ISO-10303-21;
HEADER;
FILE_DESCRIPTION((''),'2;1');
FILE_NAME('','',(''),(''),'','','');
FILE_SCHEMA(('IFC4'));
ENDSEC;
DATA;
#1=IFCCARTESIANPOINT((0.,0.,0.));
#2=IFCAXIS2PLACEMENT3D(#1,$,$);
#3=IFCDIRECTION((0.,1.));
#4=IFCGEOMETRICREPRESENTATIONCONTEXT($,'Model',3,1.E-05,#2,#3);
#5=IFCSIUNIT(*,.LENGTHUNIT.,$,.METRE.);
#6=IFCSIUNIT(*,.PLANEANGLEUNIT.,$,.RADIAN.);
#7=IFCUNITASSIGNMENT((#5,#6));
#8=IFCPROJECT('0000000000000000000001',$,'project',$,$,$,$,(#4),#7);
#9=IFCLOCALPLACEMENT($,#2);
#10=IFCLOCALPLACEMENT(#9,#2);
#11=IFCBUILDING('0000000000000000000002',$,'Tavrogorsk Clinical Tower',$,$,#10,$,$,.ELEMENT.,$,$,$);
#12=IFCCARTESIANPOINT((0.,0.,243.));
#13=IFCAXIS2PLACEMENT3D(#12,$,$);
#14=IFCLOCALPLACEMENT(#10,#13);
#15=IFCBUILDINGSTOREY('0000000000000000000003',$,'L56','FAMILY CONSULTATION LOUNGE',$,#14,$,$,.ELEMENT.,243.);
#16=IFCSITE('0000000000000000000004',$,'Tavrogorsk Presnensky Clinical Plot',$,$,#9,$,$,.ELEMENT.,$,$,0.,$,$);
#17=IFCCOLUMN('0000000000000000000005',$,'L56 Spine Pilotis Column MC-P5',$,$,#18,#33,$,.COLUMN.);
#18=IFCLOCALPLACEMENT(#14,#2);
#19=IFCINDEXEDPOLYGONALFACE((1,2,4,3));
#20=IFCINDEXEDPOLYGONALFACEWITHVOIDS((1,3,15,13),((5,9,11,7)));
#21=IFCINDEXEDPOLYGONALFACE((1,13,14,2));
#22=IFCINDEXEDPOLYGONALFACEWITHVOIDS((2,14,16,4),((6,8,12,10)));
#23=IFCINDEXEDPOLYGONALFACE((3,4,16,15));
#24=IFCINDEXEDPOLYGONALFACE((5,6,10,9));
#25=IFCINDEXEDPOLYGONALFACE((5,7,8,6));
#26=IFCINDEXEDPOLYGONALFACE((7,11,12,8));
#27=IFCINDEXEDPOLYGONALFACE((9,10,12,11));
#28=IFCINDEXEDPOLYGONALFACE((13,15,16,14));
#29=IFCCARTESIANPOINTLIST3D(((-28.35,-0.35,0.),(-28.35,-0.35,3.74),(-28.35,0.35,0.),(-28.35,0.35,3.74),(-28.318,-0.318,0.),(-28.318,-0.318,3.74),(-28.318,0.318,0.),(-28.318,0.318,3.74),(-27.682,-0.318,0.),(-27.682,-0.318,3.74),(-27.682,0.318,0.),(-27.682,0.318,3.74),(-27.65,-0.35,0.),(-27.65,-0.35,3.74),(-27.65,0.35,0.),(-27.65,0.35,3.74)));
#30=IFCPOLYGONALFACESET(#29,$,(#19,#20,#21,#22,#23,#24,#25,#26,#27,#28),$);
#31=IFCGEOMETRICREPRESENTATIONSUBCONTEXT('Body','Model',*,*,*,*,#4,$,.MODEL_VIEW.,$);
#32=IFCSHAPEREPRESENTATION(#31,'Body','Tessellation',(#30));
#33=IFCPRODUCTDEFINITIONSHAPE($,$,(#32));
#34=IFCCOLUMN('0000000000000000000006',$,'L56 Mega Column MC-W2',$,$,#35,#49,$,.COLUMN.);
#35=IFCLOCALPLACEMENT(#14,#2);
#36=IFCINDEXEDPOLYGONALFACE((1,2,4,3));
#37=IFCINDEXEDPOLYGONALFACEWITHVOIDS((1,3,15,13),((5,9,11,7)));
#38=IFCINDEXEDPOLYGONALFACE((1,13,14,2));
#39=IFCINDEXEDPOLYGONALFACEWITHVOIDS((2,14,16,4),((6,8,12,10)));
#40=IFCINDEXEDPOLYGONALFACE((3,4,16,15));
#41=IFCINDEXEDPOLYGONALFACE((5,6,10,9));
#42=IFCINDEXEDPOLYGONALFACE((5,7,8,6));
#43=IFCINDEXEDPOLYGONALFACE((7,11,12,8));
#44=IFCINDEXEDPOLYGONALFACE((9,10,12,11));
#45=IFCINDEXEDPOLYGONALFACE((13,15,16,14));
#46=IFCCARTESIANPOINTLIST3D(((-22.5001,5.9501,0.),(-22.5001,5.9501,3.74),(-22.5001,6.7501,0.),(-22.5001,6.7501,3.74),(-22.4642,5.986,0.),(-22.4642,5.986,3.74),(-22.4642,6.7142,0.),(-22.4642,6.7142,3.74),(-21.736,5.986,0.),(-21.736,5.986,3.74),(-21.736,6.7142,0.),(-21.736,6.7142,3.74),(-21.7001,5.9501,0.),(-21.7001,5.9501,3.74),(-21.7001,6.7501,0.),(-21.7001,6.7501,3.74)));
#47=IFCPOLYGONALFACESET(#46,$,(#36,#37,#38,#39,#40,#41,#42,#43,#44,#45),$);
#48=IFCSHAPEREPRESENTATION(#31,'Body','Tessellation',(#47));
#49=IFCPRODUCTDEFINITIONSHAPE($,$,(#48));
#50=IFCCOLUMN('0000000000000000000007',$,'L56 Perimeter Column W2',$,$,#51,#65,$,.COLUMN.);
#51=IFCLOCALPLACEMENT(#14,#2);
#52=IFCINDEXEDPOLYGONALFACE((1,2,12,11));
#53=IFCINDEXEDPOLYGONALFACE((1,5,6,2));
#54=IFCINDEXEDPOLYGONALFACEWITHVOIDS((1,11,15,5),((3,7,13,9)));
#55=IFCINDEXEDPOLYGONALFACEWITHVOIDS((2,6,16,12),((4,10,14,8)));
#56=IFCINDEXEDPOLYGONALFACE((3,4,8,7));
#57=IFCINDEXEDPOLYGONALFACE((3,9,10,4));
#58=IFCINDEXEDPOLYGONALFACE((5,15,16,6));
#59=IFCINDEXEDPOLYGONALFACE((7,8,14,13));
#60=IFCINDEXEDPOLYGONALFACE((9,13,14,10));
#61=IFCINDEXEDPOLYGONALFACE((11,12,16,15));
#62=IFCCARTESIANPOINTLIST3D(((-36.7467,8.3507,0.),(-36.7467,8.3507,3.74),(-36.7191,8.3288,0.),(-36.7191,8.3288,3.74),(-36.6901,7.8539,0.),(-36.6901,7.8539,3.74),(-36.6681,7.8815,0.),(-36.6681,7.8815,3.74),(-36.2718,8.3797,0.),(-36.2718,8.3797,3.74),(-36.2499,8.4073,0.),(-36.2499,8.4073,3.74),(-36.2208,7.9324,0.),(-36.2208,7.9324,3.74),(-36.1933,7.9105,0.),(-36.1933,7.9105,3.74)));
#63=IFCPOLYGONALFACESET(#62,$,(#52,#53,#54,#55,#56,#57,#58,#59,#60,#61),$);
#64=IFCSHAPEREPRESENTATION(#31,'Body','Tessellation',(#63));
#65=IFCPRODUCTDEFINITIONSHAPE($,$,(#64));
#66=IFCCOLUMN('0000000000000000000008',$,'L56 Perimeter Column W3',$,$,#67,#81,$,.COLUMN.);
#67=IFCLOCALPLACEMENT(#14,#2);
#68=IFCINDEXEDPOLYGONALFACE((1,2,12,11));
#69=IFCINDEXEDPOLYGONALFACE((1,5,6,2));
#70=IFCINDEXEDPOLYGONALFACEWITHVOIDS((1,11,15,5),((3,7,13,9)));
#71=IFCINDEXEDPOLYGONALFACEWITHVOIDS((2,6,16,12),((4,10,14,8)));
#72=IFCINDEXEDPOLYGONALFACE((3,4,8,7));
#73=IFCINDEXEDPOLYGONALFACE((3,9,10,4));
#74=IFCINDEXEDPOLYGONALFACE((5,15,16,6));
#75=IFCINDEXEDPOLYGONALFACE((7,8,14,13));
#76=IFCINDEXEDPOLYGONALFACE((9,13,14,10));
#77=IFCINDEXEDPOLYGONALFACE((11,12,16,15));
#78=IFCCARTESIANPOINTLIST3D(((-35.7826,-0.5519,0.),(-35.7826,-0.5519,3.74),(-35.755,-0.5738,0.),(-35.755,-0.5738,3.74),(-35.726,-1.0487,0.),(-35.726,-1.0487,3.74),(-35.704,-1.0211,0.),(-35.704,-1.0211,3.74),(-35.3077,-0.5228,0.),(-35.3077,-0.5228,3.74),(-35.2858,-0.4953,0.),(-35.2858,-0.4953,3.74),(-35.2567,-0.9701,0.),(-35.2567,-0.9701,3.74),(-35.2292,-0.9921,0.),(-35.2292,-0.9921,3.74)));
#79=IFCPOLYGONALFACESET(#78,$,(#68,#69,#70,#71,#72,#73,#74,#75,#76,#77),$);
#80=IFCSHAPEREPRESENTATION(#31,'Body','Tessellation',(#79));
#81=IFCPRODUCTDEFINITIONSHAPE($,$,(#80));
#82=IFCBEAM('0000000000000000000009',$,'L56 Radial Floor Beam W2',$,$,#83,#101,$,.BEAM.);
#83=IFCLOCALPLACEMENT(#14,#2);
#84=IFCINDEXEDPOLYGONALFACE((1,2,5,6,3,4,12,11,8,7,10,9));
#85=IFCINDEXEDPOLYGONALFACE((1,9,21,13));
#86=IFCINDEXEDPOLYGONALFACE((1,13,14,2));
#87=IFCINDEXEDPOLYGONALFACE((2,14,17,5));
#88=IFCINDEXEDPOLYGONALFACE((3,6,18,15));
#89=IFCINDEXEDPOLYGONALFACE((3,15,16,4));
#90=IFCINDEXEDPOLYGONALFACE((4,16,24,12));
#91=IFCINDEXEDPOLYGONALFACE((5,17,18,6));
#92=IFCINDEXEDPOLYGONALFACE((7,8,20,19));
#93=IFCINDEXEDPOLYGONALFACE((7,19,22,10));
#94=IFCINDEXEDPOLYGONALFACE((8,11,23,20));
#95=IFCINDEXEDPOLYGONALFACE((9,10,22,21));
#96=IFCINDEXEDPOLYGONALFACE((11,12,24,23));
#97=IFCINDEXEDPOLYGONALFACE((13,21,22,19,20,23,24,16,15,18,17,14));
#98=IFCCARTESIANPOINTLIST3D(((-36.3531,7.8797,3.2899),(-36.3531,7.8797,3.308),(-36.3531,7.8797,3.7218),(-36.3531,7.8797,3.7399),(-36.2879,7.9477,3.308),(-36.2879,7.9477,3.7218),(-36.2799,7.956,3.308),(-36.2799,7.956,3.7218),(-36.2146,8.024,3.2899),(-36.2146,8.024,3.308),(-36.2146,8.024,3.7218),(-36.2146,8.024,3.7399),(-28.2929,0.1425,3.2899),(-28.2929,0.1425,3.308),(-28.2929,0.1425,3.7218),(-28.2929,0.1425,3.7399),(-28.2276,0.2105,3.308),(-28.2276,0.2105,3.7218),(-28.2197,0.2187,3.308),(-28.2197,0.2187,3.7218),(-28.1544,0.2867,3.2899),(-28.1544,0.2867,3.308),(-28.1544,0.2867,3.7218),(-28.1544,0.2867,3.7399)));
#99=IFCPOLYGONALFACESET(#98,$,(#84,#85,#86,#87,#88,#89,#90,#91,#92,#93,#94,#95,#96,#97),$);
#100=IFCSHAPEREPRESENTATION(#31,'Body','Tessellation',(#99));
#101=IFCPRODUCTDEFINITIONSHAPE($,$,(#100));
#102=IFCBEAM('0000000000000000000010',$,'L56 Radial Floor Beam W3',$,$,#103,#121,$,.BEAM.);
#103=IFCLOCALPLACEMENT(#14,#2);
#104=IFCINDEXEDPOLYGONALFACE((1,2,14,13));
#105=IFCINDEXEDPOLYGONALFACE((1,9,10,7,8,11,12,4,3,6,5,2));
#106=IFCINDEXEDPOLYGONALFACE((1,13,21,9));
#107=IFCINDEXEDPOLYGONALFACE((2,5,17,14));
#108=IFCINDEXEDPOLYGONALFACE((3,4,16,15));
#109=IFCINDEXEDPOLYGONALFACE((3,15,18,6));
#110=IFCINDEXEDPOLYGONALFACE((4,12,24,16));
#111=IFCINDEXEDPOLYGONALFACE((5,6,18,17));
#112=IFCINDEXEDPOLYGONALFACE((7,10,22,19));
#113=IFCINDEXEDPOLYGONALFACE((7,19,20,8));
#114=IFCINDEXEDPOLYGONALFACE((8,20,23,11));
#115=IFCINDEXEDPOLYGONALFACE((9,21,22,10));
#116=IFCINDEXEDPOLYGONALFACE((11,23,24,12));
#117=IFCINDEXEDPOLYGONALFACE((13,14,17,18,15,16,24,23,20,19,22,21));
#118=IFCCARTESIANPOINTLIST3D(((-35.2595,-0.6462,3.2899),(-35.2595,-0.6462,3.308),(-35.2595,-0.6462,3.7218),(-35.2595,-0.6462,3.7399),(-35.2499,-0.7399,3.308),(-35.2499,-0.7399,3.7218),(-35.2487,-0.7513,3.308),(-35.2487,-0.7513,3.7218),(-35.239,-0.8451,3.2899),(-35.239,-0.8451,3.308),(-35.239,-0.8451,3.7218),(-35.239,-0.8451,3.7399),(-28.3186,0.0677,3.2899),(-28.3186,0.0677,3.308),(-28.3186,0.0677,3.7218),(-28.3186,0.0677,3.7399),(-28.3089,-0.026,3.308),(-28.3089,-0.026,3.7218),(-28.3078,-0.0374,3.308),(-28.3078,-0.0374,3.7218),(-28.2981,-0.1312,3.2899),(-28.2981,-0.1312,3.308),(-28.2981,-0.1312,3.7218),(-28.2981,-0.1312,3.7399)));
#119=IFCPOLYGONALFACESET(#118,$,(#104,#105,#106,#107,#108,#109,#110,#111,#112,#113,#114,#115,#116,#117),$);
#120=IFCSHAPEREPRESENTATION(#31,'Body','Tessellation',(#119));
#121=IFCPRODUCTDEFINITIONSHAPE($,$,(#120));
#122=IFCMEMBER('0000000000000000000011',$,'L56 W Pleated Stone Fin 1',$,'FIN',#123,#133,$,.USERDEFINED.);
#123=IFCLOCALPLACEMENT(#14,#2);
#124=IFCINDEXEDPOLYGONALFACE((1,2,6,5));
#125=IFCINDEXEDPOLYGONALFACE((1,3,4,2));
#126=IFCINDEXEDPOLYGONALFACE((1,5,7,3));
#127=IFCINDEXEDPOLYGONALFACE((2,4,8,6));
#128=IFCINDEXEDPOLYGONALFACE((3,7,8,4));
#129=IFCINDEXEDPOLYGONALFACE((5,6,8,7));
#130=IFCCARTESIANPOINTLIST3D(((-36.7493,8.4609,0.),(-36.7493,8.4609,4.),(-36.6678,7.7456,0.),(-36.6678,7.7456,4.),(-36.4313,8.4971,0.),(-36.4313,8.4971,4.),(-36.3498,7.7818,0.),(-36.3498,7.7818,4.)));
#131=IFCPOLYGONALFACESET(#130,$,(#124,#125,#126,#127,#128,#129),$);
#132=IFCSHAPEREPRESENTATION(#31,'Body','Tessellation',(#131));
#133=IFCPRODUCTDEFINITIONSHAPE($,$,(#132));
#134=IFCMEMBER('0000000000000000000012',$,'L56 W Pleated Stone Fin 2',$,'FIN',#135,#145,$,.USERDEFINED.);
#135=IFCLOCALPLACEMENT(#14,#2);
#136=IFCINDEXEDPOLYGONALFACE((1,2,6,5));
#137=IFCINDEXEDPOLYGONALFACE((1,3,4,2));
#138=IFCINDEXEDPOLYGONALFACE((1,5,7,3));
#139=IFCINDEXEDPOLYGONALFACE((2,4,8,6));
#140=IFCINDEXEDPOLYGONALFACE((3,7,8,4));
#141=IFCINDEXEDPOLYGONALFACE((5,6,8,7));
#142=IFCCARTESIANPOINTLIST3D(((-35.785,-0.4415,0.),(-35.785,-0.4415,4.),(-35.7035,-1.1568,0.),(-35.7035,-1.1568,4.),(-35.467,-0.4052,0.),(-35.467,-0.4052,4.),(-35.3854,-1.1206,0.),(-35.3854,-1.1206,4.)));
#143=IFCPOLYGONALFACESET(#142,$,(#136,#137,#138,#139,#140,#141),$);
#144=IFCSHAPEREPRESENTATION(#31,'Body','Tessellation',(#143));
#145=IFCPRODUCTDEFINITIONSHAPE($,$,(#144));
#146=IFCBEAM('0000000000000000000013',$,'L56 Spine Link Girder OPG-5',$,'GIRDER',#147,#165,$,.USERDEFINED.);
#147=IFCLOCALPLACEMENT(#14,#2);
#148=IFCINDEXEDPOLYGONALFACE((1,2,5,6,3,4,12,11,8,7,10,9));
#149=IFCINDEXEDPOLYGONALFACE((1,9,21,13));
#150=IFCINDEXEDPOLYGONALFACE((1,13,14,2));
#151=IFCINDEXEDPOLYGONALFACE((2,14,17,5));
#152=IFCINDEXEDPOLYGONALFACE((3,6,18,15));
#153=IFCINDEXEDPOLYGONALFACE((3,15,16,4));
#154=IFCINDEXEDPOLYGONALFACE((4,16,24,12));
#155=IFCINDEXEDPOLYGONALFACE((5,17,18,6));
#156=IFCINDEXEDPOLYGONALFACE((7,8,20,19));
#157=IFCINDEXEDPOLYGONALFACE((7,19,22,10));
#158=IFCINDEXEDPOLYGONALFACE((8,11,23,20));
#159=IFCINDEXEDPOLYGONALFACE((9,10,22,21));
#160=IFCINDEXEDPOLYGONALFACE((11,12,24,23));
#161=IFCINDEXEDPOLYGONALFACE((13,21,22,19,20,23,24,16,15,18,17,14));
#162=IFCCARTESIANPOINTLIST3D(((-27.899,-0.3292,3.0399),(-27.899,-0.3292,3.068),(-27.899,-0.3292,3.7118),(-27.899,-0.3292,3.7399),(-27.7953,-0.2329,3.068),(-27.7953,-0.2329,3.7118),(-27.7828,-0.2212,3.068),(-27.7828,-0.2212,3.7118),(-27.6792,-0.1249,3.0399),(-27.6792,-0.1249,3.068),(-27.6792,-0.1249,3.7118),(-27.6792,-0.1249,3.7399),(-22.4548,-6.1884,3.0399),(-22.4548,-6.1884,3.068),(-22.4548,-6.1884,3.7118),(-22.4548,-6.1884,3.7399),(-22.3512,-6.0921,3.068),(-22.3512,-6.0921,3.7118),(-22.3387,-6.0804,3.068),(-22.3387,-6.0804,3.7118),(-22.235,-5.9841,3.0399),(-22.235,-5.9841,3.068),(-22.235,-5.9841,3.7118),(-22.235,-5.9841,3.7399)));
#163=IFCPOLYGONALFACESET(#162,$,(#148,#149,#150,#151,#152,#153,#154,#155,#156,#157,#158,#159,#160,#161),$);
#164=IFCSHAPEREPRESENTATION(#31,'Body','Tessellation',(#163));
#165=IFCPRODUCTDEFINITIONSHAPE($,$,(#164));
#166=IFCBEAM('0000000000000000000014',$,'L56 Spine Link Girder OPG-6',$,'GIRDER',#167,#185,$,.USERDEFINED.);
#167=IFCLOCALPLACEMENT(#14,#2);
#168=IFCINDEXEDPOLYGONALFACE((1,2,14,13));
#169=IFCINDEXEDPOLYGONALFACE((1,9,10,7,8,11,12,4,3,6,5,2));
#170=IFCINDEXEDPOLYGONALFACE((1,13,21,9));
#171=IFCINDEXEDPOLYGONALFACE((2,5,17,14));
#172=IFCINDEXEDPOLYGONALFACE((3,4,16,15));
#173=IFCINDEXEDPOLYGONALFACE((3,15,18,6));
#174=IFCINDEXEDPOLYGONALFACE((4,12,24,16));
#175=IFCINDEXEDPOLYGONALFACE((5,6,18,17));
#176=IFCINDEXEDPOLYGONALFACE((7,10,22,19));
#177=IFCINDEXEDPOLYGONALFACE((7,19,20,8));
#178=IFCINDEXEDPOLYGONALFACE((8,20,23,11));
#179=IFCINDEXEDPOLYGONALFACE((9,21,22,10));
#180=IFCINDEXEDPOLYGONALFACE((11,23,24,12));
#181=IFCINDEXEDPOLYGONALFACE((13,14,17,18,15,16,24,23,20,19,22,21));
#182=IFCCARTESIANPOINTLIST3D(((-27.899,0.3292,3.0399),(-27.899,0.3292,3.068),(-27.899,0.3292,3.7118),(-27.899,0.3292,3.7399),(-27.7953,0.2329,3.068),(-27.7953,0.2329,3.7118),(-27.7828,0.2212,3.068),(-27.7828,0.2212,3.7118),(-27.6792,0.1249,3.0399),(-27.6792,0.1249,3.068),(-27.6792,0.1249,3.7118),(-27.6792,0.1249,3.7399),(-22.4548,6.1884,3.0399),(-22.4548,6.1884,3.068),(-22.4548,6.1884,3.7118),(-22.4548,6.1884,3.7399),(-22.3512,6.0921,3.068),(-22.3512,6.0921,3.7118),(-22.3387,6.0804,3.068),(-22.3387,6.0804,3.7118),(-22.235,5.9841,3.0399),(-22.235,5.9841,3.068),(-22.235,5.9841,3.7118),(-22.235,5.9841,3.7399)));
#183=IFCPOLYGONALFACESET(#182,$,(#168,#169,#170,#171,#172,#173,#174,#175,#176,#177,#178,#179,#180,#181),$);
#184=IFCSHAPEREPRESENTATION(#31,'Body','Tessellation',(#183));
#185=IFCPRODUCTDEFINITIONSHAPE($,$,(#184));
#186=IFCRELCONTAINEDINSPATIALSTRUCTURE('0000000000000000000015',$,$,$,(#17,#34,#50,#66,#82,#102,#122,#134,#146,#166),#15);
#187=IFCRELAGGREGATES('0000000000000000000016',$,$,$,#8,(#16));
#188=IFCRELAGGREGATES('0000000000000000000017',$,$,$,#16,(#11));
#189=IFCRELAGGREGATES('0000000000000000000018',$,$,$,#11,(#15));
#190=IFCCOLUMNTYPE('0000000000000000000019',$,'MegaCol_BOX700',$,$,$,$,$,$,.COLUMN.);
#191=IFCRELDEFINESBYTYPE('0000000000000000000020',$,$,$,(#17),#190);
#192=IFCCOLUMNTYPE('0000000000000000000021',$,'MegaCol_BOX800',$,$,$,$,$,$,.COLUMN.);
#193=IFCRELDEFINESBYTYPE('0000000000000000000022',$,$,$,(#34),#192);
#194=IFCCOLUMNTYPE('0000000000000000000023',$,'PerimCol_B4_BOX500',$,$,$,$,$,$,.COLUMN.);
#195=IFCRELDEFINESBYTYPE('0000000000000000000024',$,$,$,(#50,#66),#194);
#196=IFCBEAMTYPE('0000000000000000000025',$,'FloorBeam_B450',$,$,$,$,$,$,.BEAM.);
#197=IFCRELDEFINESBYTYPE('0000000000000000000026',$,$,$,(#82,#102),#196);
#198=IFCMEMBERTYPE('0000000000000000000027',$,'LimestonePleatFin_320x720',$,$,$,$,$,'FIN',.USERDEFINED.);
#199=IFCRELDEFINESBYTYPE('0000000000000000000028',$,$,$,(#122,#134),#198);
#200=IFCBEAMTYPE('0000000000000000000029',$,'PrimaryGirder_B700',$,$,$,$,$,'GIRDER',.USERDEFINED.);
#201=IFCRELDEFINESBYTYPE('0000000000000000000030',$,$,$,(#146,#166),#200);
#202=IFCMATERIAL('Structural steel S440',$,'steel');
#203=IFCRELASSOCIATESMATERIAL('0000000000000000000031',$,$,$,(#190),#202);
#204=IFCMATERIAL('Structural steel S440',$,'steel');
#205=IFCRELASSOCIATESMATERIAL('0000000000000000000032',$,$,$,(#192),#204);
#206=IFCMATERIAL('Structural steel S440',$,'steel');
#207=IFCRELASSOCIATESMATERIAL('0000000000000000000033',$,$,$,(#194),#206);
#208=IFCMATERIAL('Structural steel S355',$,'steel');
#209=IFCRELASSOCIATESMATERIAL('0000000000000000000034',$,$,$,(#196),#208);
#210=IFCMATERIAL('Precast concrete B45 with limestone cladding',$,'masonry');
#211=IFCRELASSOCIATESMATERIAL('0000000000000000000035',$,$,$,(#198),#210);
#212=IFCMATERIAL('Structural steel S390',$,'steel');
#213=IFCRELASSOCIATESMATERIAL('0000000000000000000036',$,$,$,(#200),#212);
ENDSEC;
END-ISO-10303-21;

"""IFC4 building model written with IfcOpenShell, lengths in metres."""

from ifc_helpers import new_model, si_unit, direction, frame, origin, origin_2d, place, context, subcontext, project, spatial, rectangle, hollow_rectangle, i_section, extrude, material, material_profile, profile_set, type_object, element, save


model = new_model("IFC4")

# Units and contexts
model_context = context("Model", 3, precision=1e-05, world=origin(), true_north=direction((0.0, 1.0)))
body_context = subcontext(model_context, "Body", "Model", "MODEL_VIEW")
ifc_project = project(units=[si_unit("LENGTHUNIT", "METRE"), si_unit("PLANEANGLEUNIT", "RADIAN")], contexts=[model_context])

# Site, building, storey
site_placement = place(None, origin())
site = spatial("IfcSite", under=ifc_project, at=site_placement, Name="Tavrogorsk Presnensky Clinical Plot", CompositionType="ELEMENT", RefElevation=0.0)
building_placement = place(site_placement, origin())
building = spatial("IfcBuilding", under=site, at=building_placement, Name="Tavrogorsk Clinical Tower", CompositionType="ELEMENT")
storey_placement = place(building_placement, frame((0.0, 0.0, 243.0)))
storey = spatial("IfcBuildingStorey", under=building, at=storey_placement, Name="L56", Description="FAMILY CONSULTATION LOUNGE", CompositionType="ELEMENT", Elevation=243.0)

# Columns
ifc_material_1 = material(Name="Structural steel S440", Category="steel")
ifc_material_profile_1 = material_profile(ifc_material_1, hollow_rectangle(XDim=0.7, YDim=0.7, WallThickness=0.032, at=origin_2d()), Name="BOX-700x700x32")
ifc_profile_set_1 = profile_set([ifc_material_profile_1], Name="Structural steel S440")
column_type_1 = type_object("IfcColumnType", Name="MegaCol_BOX700", PredefinedType="COLUMN", material=ifc_profile_set_1)
column_1_placement = place(storey_placement, frame((-28.0, 0.0, 0.0), z_axis=(0.0, 0.0, 1.0), x_axis=(1.0, 0.0, 0.0)))
element("IfcColumn", 1, at=column_1_placement, inside=storey, type_object=column_type_1, Name="L56 Spine Pilotis Column MC-P5", PredefinedType="COLUMN", context=body_context, shape_type="SweptSolid", body=[
    extrude(hollow_rectangle(XDim=0.7, YDim=0.7, WallThickness=0.032, at=origin_2d()), origin(), (0.0, 0.0, 1.0), 3.74),
])
ifc_material_2 = material(Name="Structural steel S440", Category="steel")
ifc_material_profile_2 = material_profile(ifc_material_2, hollow_rectangle(XDim=0.8, YDim=0.8, WallThickness=0.0359, at=origin_2d()), Name="BOX-800x800x36")
ifc_profile_set_2 = profile_set([ifc_material_profile_2], Name="Structural steel S440")
column_type_2 = type_object("IfcColumnType", Name="MegaCol_BOX800", PredefinedType="COLUMN", material=ifc_profile_set_2)
column_2_placement = place(storey_placement, frame((-22.1001, 6.3501, 0.0), z_axis=(0.0, 0.0, 1.0), x_axis=(1.0, 0.0, 0.0)))
element("IfcColumn", 2, at=column_2_placement, inside=storey, type_object=column_type_2, Name="L56 Mega Column MC-W2", PredefinedType="COLUMN", context=body_context, shape_type="SweptSolid", body=[
    extrude(hollow_rectangle(XDim=0.8, YDim=0.8, WallThickness=0.0359, at=origin_2d()), origin(), (0.0, 0.0, 1.0), 3.74),
])
ifc_material_3 = material(Name="Structural steel S440", Category="steel")
ifc_material_profile_3 = material_profile(ifc_material_3, hollow_rectangle(XDim=0.5, YDim=0.5, WallThickness=0.0249, at=origin_2d()), Name="BOX-500x500x25")
ifc_profile_set_3 = profile_set([ifc_material_profile_3], Name="Structural steel S440")
column_type_3 = type_object("IfcColumnType", Name="PerimCol_B4_BOX500", PredefinedType="COLUMN", material=ifc_profile_set_3)
for number, where, z_axis, x_axis, name in (
    (3, (-36.47, 8.1306, 0.0), (0.0, 0.0, 1.0), (0.993572, 0.113203, 0.0), "L56 Perimeter Column W2"),
    (4, (-35.5059, -0.772, 0.0), (0.0, 0.0, 1.0), (0.993572, 0.113203, 0.0), "L56 Perimeter Column W3"),
):
    element("IfcColumn", number, at=place(storey_placement, frame(where, z_axis=z_axis, x_axis=x_axis)), inside=storey, type_object=column_type_3, Name=name, PredefinedType="COLUMN", context=body_context, shape_type="SweptSolid", body=[
        extrude(hollow_rectangle(XDim=0.5, YDim=0.5, WallThickness=0.0249, at=origin_2d()), origin(), (0.0, 0.0, 1.0), 3.74),
    ])

# Beams
ifc_material_4 = material(Name="Structural steel S355", Category="steel")
ifc_material_profile_4 = material_profile(ifc_material_4, i_section(OverallWidth=0.2, OverallDepth=0.45, WebThickness=0.0115, FlangeThickness=0.0181, at=origin_2d()), Name="B-450x200x11.5x18")
ifc_profile_set_4 = profile_set([ifc_material_profile_4], Name="Structural steel S355")
beam_type_1 = type_object("IfcBeamType", Name="FloorBeam_B450", PredefinedType="BEAM", material=ifc_profile_set_4)
beam_1_placement = place(storey_placement, frame((-28.2236, 0.2146, 3.5149), z_axis=(-0.721414, 0.692505, 0.0), x_axis=(-0.692505, -0.721414, 0.0)))
element("IfcBeam", 5, at=beam_1_placement, inside=storey, type_object=beam_type_1, Name="L56 Radial Floor Beam W2", PredefinedType="BEAM", context=body_context, shape_type="SweptSolid", body=[
    extrude(i_section(OverallWidth=0.2, OverallDepth=0.45, WebThickness=0.0115, FlangeThickness=0.0181, at=origin_2d()), origin(), (0.0, 0.0, 1.0), 11.1729),
])
beam_2_placement = place(storey_placement, frame((-28.3083, -0.0317, 3.5149), z_axis=(-0.994753, -0.102309, 0.0), x_axis=(0.102309, -0.994753, 0.0)))
element("IfcBeam", 6, at=beam_2_placement, inside=storey, type_object=beam_type_1, Name="L56 Radial Floor Beam W3", PredefinedType="BEAM", context=body_context, shape_type="SweptSolid", body=[
    extrude(i_section(OverallWidth=0.2, OverallDepth=0.45, WebThickness=0.0115, FlangeThickness=0.0181, at=origin_2d()), origin(), (0.0, 0.0, 1.0), 6.9775),
])

# Members
ifc_material_5 = material(Name="Precast concrete B45 with limestone cladding", Category="masonry")
ifc_material_profile_5 = material_profile(ifc_material_5, rectangle(XDim=0.3201, YDim=0.72, at=origin_2d()), Name="LIMESTONE-FIN-320x720")
ifc_profile_set_5 = profile_set([ifc_material_profile_5], Name="Precast concrete B45 with limestone cladding")
member_type = type_object("IfcMemberType", Name="LimestonePleatFin_320x720", ElementType="FIN", PredefinedType="USERDEFINED", material=ifc_profile_set_5)
for number, where, z_axis, x_axis, name in (
    (7, (-36.5496, 8.1213, 0.0), (0.0, 0.0, 1.0), (0.993572, 0.113203, 0.0), "L56 W Pleated Stone Fin 1"),
    (8, (-35.5852, -0.781, 0.0), (0.0, 0.0, 1.0), (0.993572, 0.113203, 0.0), "L56 W Pleated Stone Fin 2"),
):
    element("IfcMember", number, at=place(storey_placement, frame(where, z_axis=z_axis, x_axis=x_axis)), inside=storey, type_object=member_type, Name=name, ObjectType="FIN", PredefinedType="USERDEFINED", context=body_context, shape_type="SweptSolid", body=[
        extrude(rectangle(XDim=0.3201, YDim=0.72, at=origin_2d()), origin(), (0.0, 0.0, 1.0), 4.0),
    ])

# Beams
ifc_material_6 = material(Name="Structural steel S390", Category="steel")
ifc_material_profile_6 = material_profile(ifc_material_6, i_section(OverallWidth=0.3, OverallDepth=0.7, WebThickness=0.0171, FlangeThickness=0.0281, at=origin_2d()), Name="B-700x300x17x28")
ifc_profile_set_6 = profile_set([ifc_material_profile_6], Name="Structural steel S390")
beam_type_2 = type_object("IfcBeamType", Name="PrimaryGirder_B700", ElementType="GIRDER", PredefinedType="USERDEFINED", material=ifc_profile_set_6)
for number, where, z_axis, x_axis, name in (
    (9, (-27.7891, -0.2271, 3.3899), (0.680684, -0.732577, 0.0), (0.732577, 0.680684, 0.0), "L56 Spine Link Girder OPG-5"),
    (10, (-27.7891, 0.2271, 3.3899), (0.680684, 0.732577, 0.0), (-0.732577, 0.680684, 0.0), "L56 Spine Link Girder OPG-6"),
):
    element("IfcBeam", number, at=place(storey_placement, frame(where, z_axis=z_axis, x_axis=x_axis)), inside=storey, type_object=beam_type_2, Name=name, ObjectType="GIRDER", PredefinedType="USERDEFINED", context=body_context, shape_type="SweptSolid", body=[
        extrude(i_section(OverallWidth=0.3, OverallDepth=0.7, WebThickness=0.0171, FlangeThickness=0.0281, at=origin_2d()), origin(), (0.0, 0.0, 1.0), 7.998),
    ])

save(model, "model.ifc")
